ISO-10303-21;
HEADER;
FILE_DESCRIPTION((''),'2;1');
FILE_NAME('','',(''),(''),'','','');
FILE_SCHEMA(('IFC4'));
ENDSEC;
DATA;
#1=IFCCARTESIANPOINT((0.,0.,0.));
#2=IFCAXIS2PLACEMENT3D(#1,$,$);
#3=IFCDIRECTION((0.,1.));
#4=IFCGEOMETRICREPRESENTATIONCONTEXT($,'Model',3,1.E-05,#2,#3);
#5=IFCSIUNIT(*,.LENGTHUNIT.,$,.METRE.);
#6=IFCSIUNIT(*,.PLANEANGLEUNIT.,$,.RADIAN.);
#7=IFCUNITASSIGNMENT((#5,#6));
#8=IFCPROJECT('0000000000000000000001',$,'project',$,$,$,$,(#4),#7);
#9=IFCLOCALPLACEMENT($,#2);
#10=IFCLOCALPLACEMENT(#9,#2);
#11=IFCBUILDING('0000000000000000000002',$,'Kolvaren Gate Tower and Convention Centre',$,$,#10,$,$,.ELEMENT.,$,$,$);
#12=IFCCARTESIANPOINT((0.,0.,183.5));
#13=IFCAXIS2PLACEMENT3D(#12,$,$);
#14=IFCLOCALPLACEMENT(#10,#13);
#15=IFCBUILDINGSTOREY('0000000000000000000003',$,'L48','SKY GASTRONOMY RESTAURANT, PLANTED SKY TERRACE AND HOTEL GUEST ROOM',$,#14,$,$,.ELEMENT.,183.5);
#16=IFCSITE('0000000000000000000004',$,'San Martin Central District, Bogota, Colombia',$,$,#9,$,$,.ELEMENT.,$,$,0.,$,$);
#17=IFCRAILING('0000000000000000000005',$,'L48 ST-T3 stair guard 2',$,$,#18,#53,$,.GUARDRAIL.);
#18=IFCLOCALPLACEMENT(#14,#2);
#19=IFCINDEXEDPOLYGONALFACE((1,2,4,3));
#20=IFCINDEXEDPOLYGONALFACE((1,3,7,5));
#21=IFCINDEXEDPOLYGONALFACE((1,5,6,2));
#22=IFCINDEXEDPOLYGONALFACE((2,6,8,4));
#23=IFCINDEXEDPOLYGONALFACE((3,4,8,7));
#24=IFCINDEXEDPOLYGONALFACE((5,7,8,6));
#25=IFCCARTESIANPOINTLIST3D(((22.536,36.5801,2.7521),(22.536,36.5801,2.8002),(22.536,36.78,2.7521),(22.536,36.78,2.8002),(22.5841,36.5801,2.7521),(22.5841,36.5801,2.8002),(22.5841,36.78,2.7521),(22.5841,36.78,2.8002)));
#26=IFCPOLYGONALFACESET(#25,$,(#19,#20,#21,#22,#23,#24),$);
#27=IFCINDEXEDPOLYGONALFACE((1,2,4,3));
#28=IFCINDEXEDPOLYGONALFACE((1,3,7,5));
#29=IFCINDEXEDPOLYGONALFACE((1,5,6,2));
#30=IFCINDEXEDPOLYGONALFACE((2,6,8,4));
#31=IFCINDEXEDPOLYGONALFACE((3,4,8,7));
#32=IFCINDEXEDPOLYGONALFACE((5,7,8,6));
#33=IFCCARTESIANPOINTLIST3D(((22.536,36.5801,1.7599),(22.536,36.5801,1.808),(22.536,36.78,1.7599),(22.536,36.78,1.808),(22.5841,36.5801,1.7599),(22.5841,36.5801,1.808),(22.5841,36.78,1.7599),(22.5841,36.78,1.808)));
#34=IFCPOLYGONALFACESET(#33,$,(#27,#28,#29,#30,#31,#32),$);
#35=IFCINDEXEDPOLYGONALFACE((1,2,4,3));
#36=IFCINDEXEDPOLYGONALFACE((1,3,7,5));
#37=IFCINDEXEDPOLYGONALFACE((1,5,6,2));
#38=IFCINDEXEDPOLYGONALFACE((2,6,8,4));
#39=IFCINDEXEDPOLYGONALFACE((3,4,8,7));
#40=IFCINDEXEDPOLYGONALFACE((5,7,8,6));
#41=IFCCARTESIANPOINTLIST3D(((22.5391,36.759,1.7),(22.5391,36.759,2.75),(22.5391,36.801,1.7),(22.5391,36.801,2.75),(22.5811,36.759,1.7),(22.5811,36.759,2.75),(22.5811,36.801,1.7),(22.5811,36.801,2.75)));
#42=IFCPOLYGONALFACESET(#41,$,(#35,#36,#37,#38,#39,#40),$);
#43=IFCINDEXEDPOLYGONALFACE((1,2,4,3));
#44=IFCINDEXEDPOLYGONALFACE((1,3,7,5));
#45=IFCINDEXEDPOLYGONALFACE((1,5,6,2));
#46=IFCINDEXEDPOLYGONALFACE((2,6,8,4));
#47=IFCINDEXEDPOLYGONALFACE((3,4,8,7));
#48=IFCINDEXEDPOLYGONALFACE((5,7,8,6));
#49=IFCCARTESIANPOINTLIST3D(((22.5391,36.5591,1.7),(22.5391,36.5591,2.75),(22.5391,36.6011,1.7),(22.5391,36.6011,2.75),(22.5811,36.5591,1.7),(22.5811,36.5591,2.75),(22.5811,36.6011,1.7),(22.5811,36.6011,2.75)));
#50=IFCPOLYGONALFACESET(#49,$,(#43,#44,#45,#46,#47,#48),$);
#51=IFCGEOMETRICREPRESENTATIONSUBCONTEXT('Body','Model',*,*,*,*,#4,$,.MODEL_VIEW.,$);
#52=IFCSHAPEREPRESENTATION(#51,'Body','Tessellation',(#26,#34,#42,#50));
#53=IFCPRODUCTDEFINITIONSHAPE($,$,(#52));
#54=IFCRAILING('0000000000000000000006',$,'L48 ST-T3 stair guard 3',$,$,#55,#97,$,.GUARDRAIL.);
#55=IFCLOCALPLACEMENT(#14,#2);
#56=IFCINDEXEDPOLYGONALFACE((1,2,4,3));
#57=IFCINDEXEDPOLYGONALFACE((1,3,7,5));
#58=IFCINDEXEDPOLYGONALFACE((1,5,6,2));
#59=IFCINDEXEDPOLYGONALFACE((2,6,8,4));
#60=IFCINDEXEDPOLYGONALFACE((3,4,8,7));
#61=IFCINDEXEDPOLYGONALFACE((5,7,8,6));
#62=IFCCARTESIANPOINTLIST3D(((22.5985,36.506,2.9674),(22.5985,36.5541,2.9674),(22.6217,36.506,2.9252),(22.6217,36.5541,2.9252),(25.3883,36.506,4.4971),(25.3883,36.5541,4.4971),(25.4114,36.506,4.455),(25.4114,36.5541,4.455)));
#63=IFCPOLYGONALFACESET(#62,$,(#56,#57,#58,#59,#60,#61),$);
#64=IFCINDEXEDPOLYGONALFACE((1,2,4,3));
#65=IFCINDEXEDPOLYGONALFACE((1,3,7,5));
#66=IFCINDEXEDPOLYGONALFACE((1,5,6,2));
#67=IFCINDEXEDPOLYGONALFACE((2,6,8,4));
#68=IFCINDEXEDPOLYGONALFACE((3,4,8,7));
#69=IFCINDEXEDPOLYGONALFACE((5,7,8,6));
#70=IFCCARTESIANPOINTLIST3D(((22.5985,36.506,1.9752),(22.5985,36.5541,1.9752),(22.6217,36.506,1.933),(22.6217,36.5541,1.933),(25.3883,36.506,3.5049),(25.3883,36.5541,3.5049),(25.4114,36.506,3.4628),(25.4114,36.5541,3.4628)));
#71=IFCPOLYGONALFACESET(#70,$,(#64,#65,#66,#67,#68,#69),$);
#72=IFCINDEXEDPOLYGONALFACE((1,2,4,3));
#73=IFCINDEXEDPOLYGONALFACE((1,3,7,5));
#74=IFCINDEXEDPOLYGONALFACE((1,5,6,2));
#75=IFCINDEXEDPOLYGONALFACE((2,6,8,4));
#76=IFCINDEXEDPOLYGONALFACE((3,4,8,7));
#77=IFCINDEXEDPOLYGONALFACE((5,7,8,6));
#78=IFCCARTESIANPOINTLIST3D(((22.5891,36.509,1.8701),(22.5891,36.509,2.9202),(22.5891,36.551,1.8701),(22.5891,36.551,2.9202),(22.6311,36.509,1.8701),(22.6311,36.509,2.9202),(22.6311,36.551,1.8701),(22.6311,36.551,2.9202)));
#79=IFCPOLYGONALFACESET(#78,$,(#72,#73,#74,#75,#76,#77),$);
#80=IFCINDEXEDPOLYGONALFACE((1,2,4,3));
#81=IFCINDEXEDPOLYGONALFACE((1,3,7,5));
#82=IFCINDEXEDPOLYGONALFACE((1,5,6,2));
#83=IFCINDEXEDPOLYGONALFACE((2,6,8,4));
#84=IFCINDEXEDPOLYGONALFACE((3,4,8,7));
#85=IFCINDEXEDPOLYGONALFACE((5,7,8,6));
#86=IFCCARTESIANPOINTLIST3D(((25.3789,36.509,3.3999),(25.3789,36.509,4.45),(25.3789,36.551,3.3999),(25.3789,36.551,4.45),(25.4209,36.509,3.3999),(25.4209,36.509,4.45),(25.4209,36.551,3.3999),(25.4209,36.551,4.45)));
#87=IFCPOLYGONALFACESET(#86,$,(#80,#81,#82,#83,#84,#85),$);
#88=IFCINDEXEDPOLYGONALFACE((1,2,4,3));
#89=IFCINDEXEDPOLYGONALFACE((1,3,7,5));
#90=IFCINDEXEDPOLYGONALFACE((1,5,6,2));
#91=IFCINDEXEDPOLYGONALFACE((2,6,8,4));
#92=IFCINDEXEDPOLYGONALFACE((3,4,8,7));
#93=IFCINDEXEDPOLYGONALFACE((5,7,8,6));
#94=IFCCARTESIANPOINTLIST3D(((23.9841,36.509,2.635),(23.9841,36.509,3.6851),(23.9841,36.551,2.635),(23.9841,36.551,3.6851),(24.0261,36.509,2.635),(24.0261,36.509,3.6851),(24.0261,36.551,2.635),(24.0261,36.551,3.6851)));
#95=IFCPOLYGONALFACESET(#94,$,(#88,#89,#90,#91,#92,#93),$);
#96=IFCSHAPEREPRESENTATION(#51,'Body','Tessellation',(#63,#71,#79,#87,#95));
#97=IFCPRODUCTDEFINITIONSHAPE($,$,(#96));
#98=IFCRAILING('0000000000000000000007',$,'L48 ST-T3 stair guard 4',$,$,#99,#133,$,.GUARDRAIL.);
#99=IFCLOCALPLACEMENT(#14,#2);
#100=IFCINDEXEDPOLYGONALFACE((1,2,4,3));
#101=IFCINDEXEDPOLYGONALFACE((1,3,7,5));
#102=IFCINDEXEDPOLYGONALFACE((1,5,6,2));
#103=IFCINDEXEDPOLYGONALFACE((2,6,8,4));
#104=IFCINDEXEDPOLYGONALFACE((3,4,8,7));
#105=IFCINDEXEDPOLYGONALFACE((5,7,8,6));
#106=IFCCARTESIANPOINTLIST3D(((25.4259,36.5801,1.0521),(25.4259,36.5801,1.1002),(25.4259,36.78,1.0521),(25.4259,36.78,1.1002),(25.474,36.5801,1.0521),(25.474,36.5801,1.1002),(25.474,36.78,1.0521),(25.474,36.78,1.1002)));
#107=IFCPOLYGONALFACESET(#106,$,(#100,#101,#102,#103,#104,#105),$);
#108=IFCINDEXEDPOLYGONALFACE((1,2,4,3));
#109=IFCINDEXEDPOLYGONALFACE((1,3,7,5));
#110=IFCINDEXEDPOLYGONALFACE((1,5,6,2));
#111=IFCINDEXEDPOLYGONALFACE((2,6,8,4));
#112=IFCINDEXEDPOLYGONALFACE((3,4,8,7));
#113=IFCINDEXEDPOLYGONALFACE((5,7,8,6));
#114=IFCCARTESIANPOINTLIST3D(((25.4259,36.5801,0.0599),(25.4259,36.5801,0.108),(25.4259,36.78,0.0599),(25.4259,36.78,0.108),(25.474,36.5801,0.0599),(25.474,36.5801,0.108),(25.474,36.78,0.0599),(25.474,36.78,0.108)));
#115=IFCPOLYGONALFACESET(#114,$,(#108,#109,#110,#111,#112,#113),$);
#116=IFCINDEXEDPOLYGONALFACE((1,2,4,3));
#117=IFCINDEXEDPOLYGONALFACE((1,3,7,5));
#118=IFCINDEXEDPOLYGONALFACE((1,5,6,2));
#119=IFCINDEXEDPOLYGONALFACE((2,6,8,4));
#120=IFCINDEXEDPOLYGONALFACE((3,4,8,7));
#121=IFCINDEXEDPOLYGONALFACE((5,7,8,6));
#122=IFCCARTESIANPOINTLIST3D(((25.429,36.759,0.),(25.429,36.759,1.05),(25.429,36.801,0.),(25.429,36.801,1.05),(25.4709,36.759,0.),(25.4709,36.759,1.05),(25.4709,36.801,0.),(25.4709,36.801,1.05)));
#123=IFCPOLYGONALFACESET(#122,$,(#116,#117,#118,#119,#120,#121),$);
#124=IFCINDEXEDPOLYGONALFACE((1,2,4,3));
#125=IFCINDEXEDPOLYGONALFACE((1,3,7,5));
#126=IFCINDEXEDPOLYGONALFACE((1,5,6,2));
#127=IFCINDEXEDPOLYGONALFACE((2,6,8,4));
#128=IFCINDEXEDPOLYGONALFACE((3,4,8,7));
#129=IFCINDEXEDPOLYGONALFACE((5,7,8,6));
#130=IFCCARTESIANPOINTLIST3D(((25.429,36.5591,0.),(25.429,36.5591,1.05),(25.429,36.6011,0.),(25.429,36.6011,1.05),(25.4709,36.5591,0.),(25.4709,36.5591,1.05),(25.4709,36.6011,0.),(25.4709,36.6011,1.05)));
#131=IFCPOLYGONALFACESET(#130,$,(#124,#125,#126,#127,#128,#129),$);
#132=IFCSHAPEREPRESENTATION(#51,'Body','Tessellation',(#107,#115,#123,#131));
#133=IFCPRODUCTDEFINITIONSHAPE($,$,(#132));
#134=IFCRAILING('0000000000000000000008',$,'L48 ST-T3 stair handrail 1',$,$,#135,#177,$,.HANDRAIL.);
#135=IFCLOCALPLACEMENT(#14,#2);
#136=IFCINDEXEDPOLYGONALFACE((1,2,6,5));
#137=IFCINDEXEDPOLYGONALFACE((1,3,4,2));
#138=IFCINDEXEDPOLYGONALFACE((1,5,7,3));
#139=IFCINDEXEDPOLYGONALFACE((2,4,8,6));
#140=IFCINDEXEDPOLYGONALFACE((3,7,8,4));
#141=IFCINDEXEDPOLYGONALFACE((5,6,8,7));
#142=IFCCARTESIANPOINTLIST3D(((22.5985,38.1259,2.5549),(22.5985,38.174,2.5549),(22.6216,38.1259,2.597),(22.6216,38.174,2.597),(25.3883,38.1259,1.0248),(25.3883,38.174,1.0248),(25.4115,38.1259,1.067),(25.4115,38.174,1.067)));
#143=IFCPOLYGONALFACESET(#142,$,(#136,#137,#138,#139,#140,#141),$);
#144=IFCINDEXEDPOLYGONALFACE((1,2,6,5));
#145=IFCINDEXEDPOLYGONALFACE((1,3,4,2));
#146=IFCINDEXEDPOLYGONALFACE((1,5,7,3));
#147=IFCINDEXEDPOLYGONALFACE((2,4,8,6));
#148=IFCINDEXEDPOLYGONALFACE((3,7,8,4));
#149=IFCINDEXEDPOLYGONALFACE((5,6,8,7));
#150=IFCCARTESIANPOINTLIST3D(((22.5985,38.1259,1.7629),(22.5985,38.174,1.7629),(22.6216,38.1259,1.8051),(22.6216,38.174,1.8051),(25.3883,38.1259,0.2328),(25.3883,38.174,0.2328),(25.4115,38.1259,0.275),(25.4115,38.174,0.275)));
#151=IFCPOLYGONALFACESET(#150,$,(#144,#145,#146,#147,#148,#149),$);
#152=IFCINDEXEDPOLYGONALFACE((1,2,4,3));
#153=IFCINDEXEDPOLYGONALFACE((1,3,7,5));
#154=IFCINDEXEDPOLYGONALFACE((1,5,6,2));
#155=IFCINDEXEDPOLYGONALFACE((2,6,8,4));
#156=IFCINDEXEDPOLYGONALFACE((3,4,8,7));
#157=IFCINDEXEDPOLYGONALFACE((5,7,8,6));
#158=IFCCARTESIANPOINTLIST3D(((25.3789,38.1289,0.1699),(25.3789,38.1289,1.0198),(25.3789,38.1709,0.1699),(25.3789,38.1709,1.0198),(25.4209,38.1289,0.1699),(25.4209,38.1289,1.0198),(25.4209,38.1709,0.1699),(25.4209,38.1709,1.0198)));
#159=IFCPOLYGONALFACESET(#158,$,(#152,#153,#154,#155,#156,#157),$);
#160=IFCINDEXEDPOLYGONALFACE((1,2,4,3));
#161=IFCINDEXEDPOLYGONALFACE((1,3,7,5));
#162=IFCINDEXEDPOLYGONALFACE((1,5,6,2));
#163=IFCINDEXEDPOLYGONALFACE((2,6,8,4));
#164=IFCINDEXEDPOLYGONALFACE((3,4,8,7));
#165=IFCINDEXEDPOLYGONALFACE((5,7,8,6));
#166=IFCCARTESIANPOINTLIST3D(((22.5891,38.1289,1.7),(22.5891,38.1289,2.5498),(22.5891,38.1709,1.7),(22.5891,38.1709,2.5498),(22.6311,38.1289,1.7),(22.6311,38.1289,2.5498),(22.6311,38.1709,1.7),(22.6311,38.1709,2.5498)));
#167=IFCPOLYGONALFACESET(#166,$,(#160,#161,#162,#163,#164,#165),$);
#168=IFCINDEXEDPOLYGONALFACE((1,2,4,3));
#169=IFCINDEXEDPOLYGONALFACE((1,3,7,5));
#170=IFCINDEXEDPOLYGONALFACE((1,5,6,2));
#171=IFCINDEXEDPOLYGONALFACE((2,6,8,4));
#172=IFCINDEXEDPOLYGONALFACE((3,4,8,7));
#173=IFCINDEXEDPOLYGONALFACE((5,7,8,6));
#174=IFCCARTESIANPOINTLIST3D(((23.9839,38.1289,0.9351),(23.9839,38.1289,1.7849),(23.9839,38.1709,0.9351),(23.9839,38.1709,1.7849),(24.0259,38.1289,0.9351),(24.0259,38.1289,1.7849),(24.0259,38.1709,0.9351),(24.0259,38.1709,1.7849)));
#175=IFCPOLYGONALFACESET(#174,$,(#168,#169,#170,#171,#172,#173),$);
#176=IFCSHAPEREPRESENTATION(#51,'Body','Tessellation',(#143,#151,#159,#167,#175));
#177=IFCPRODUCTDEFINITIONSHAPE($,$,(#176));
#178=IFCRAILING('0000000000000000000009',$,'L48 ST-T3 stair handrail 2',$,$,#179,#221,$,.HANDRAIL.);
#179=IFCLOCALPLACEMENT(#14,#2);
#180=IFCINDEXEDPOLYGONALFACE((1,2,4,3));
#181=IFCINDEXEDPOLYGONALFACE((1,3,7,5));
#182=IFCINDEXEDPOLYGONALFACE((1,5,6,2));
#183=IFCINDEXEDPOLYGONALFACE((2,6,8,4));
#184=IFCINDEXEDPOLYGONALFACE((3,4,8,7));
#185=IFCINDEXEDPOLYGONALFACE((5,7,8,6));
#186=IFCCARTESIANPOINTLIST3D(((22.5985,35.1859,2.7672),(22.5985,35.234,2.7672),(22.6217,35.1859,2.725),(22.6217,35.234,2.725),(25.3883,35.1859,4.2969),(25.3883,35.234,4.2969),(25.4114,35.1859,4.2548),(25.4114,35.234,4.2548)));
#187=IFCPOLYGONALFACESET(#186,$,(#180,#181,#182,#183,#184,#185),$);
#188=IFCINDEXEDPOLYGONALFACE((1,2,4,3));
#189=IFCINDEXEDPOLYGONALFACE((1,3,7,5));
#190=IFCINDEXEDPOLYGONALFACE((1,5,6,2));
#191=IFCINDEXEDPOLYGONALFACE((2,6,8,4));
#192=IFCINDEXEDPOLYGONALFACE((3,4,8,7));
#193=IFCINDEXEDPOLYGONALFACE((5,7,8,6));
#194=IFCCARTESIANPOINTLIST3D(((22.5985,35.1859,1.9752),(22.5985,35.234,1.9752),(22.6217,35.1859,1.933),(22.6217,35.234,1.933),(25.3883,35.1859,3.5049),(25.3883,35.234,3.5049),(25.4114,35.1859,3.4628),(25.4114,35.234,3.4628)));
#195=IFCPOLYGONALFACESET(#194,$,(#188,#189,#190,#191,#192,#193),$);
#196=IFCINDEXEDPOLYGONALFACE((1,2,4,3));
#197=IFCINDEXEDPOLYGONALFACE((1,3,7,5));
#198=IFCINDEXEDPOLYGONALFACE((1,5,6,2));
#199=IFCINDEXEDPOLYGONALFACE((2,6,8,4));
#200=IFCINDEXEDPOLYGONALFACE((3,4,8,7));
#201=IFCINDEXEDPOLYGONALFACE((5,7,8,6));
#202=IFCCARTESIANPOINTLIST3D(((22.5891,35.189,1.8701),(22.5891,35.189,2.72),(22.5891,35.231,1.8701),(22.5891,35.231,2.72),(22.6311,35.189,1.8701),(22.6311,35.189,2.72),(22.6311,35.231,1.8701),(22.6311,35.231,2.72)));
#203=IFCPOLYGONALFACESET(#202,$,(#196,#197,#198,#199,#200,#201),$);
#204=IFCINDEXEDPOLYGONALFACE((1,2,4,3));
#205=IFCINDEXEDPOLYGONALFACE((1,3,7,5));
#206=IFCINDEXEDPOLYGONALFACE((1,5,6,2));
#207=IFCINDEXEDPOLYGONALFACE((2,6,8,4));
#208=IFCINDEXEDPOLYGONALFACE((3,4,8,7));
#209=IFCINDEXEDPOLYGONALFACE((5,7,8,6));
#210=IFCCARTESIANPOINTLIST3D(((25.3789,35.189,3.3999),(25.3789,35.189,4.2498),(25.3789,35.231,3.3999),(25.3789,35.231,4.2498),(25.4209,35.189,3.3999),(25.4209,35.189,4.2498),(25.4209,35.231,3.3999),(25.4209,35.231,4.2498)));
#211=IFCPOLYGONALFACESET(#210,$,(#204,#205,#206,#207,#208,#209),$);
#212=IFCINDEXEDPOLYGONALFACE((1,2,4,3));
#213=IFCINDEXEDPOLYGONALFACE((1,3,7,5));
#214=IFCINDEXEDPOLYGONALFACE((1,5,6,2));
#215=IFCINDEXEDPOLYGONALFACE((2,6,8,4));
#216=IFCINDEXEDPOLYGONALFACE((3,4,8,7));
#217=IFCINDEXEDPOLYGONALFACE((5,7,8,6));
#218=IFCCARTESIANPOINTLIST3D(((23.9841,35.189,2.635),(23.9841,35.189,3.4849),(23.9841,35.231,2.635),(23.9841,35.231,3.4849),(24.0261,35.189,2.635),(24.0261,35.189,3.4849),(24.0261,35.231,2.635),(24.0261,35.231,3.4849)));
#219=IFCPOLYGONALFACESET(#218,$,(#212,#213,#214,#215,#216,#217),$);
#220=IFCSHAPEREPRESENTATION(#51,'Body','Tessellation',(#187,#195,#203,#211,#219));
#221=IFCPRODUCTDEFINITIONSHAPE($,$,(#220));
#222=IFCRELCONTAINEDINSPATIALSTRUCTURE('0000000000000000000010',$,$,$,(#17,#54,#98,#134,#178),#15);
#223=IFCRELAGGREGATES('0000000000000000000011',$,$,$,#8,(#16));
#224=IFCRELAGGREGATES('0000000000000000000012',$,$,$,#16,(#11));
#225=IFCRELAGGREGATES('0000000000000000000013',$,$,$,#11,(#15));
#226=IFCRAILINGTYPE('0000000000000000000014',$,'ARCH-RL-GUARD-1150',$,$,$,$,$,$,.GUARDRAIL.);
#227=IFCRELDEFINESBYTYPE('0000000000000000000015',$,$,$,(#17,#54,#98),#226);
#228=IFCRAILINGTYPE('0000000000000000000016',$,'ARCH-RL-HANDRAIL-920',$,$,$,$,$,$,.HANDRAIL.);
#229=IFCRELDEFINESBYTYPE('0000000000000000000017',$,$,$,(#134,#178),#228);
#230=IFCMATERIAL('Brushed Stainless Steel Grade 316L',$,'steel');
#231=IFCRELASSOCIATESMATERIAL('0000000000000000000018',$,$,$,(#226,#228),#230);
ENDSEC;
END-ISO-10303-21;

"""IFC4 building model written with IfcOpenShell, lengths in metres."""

from ifc_helpers import new_model, si_unit, direction, frame, origin, origin_2d, place, context, subcontext, project, spatial, rectangle, extrude, material, type_object, element, save


model = new_model("IFC4")

# Units and contexts
model_context = context("Model", 3, precision=1e-05, world=origin(), true_north=direction((0.0, 1.0)))
body_context = subcontext(model_context, "Body", "Model", "MODEL_VIEW")
ifc_project = project(units=[si_unit("LENGTHUNIT", "METRE"), si_unit("PLANEANGLEUNIT", "RADIAN")], contexts=[model_context])

# Site, building, storey
site_placement = place(None, origin())
site = spatial("IfcSite", under=ifc_project, at=site_placement, Name="San Martin Central District, Bogota, Colombia", CompositionType="ELEMENT", RefElevation=0.0)
building_placement = place(site_placement, origin())
building = spatial("IfcBuilding", under=site, at=building_placement, Name="Kolvaren Gate Tower and Convention Centre", CompositionType="ELEMENT")
storey_placement = place(building_placement, frame((0.0, 0.0, 183.5)))
storey = spatial("IfcBuildingStorey", under=building, at=storey_placement, Name="L48", Description="SKY GASTRONOMY RESTAURANT, PLANTED SKY TERRACE AND HOTEL GUEST ROOM", CompositionType="ELEMENT", Elevation=183.5)

# Railings
ifc_material_1 = material(Name="Brushed Stainless Steel Grade 316L", Category="steel")
railing_type_1 = type_object("IfcRailingType", Name="ARCH-RL-GUARD-1150", PredefinedType="GUARDRAIL", material=ifc_material_1)
railing_1_placement = place(storey_placement, frame((22.5601, 36.78, 1.7)))
element("IfcRailing", 1, at=railing_1_placement, inside=storey, type_object=railing_type_1, Name="L48 ST-T3 stair guard 2", PredefinedType="GUARDRAIL", context=body_context, shape_type="SweptSolid", body=[
    extrude(rectangle(XDim=0.0481, YDim=0.0481, at=origin_2d()), frame((0.0, 0.0, 1.0762), z_axis=(0.0, -1.0, 0.0), x_axis=(1.0, 0.0, 0.0)), (0.0, 0.0, 1.0), 0.2),
    extrude(rectangle(XDim=0.0481, YDim=0.0481, at=origin_2d()), frame((0.0, 0.0, 0.084), z_axis=(0.0, -1.0, 0.0), x_axis=(1.0, 0.0, 0.0)), (0.0, 0.0, 1.0), 0.2),
    extrude(rectangle(XDim=0.042, YDim=0.042, at=origin_2d()), origin(), (0.0, 0.0, 1.0), 1.05),
    extrude(rectangle(XDim=0.042, YDim=0.042, at=origin_2d()), frame((0.0, -0.2, 0.0)), (0.0, 0.0, 1.0), 1.05),
])
railing_2_placement = place(storey_placement, frame((22.6101, 36.53, 1.8701)))
element("IfcRailing", 2, at=railing_2_placement, inside=storey, type_object=railing_type_1, Name="L48 ST-T3 stair guard 3", PredefinedType="GUARDRAIL", context=body_context, shape_type="SweptSolid", body=[
    extrude(rectangle(XDim=0.0481, YDim=0.0481, at=origin_2d()), frame((0.0, 0.0, 1.0762), z_axis=(0.876826, 0.0, 0.480808), x_axis=(0.0, 1.0, 0.0)), (0.0, 0.0, 1.0), 3.1816),
    extrude(rectangle(XDim=0.0481, YDim=0.0481, at=origin_2d()), frame((0.0, 0.0, 0.084), z_axis=(0.876826, 0.0, 0.480808), x_axis=(0.0, 1.0, 0.0)), (0.0, 0.0, 1.0), 3.1816),
    extrude(rectangle(XDim=0.042, YDim=0.042, at=origin_2d()), origin(), (0.0, 0.0, 1.0), 1.05),
    extrude(rectangle(XDim=0.042, YDim=0.042, at=origin_2d()), frame((2.7898, 0.0, 1.5298)), (0.0, 0.0, 1.0), 1.05),
    extrude(rectangle(XDim=0.042, YDim=0.042, at=origin_2d()), frame((1.395, 0.0, 0.7649)), (0.0, 0.0, 1.0), 1.05),
])
railing_3_placement = place(storey_placement, frame((25.45, 36.78, 0.0)))
element("IfcRailing", 3, at=railing_3_placement, inside=storey, type_object=railing_type_1, Name="L48 ST-T3 stair guard 4", PredefinedType="GUARDRAIL", context=body_context, shape_type="SweptSolid", body=[
    extrude(rectangle(XDim=0.0481, YDim=0.0481, at=origin_2d()), frame((0.0, 0.0, 1.0762), z_axis=(0.0, -1.0, 0.0), x_axis=(1.0, 0.0, 0.0)), (0.0, 0.0, 1.0), 0.2),
    extrude(rectangle(XDim=0.0481, YDim=0.0481, at=origin_2d()), frame((0.0, 0.0, 0.084), z_axis=(0.0, -1.0, 0.0), x_axis=(1.0, 0.0, 0.0)), (0.0, 0.0, 1.0), 0.2),
    extrude(rectangle(XDim=0.042, YDim=0.042, at=origin_2d()), origin(), (0.0, 0.0, 1.0), 1.05),
    extrude(rectangle(XDim=0.042, YDim=0.042, at=origin_2d()), frame((0.0, -0.2, 0.0)), (0.0, 0.0, 1.0), 1.05),
])
railing_type_2 = type_object("IfcRailingType", Name="ARCH-RL-HANDRAIL-920", PredefinedType="HANDRAIL", material=ifc_material_1)
railing_4_placement = place(storey_placement, frame((25.3999, 38.1499, 0.1699)))
element("IfcRailing", 4, at=railing_4_placement, inside=storey, type_object=railing_type_2, Name="L48 ST-T3 stair handrail 1", PredefinedType="HANDRAIL", context=body_context, shape_type="SweptSolid", body=[
    extrude(rectangle(XDim=0.0481, YDim=0.0481, at=origin_2d()), frame((0.0, 0.0, 0.876), z_axis=(-0.876794, 0.0, 0.480867), x_axis=(0.0, -1.0, 0.0)), (0.0, 0.0, 1.0), 3.1819),
    extrude(rectangle(XDim=0.0481, YDim=0.0481, at=origin_2d()), frame((0.0, 0.0, 0.084), z_axis=(-0.876794, 0.0, 0.480867), x_axis=(0.0, -1.0, 0.0)), (0.0, 0.0, 1.0), 3.1819),
    extrude(rectangle(XDim=0.042, YDim=0.042, at=origin_2d()), origin(), (0.0, 0.0, 1.0), 0.8499),
    extrude(rectangle(XDim=0.042, YDim=0.042, at=origin_2d()), frame((-2.7898, 0.0, 1.53)), (0.0, 0.0, 1.0), 0.8499),
    extrude(rectangle(XDim=0.042, YDim=0.042, at=origin_2d()), frame((-1.395, 0.0, 0.7651)), (0.0, 0.0, 1.0), 0.8499),
])
railing_5_placement = place(storey_placement, frame((22.6101, 35.21, 1.8701)))
element("IfcRailing", 5, at=railing_5_placement, inside=storey, type_object=railing_type_2, Name="L48 ST-T3 stair handrail 2", PredefinedType="HANDRAIL", context=body_context, shape_type="SweptSolid", body=[
    extrude(rectangle(XDim=0.0481, YDim=0.0481, at=origin_2d()), frame((0.0, 0.0, 0.876), z_axis=(0.876826, 0.0, 0.480808), x_axis=(0.0, 1.0, 0.0)), (0.0, 0.0, 1.0), 3.1816),
    extrude(rectangle(XDim=0.0481, YDim=0.0481, at=origin_2d()), frame((0.0, 0.0, 0.084), z_axis=(0.876826, 0.0, 0.480808), x_axis=(0.0, 1.0, 0.0)), (0.0, 0.0, 1.0), 3.1816),
    extrude(rectangle(XDim=0.042, YDim=0.042, at=origin_2d()), origin(), (0.0, 0.0, 1.0), 0.8499),
    extrude(rectangle(XDim=0.042, YDim=0.042, at=origin_2d()), frame((2.7898, 0.0, 1.5298)), (0.0, 0.0, 1.0), 0.8499),
    extrude(rectangle(XDim=0.042, YDim=0.042, at=origin_2d()), frame((1.395, 0.0, 0.7649)), (0.0, 0.0, 1.0), 0.8499),
])

save(model, "model.ifc")
